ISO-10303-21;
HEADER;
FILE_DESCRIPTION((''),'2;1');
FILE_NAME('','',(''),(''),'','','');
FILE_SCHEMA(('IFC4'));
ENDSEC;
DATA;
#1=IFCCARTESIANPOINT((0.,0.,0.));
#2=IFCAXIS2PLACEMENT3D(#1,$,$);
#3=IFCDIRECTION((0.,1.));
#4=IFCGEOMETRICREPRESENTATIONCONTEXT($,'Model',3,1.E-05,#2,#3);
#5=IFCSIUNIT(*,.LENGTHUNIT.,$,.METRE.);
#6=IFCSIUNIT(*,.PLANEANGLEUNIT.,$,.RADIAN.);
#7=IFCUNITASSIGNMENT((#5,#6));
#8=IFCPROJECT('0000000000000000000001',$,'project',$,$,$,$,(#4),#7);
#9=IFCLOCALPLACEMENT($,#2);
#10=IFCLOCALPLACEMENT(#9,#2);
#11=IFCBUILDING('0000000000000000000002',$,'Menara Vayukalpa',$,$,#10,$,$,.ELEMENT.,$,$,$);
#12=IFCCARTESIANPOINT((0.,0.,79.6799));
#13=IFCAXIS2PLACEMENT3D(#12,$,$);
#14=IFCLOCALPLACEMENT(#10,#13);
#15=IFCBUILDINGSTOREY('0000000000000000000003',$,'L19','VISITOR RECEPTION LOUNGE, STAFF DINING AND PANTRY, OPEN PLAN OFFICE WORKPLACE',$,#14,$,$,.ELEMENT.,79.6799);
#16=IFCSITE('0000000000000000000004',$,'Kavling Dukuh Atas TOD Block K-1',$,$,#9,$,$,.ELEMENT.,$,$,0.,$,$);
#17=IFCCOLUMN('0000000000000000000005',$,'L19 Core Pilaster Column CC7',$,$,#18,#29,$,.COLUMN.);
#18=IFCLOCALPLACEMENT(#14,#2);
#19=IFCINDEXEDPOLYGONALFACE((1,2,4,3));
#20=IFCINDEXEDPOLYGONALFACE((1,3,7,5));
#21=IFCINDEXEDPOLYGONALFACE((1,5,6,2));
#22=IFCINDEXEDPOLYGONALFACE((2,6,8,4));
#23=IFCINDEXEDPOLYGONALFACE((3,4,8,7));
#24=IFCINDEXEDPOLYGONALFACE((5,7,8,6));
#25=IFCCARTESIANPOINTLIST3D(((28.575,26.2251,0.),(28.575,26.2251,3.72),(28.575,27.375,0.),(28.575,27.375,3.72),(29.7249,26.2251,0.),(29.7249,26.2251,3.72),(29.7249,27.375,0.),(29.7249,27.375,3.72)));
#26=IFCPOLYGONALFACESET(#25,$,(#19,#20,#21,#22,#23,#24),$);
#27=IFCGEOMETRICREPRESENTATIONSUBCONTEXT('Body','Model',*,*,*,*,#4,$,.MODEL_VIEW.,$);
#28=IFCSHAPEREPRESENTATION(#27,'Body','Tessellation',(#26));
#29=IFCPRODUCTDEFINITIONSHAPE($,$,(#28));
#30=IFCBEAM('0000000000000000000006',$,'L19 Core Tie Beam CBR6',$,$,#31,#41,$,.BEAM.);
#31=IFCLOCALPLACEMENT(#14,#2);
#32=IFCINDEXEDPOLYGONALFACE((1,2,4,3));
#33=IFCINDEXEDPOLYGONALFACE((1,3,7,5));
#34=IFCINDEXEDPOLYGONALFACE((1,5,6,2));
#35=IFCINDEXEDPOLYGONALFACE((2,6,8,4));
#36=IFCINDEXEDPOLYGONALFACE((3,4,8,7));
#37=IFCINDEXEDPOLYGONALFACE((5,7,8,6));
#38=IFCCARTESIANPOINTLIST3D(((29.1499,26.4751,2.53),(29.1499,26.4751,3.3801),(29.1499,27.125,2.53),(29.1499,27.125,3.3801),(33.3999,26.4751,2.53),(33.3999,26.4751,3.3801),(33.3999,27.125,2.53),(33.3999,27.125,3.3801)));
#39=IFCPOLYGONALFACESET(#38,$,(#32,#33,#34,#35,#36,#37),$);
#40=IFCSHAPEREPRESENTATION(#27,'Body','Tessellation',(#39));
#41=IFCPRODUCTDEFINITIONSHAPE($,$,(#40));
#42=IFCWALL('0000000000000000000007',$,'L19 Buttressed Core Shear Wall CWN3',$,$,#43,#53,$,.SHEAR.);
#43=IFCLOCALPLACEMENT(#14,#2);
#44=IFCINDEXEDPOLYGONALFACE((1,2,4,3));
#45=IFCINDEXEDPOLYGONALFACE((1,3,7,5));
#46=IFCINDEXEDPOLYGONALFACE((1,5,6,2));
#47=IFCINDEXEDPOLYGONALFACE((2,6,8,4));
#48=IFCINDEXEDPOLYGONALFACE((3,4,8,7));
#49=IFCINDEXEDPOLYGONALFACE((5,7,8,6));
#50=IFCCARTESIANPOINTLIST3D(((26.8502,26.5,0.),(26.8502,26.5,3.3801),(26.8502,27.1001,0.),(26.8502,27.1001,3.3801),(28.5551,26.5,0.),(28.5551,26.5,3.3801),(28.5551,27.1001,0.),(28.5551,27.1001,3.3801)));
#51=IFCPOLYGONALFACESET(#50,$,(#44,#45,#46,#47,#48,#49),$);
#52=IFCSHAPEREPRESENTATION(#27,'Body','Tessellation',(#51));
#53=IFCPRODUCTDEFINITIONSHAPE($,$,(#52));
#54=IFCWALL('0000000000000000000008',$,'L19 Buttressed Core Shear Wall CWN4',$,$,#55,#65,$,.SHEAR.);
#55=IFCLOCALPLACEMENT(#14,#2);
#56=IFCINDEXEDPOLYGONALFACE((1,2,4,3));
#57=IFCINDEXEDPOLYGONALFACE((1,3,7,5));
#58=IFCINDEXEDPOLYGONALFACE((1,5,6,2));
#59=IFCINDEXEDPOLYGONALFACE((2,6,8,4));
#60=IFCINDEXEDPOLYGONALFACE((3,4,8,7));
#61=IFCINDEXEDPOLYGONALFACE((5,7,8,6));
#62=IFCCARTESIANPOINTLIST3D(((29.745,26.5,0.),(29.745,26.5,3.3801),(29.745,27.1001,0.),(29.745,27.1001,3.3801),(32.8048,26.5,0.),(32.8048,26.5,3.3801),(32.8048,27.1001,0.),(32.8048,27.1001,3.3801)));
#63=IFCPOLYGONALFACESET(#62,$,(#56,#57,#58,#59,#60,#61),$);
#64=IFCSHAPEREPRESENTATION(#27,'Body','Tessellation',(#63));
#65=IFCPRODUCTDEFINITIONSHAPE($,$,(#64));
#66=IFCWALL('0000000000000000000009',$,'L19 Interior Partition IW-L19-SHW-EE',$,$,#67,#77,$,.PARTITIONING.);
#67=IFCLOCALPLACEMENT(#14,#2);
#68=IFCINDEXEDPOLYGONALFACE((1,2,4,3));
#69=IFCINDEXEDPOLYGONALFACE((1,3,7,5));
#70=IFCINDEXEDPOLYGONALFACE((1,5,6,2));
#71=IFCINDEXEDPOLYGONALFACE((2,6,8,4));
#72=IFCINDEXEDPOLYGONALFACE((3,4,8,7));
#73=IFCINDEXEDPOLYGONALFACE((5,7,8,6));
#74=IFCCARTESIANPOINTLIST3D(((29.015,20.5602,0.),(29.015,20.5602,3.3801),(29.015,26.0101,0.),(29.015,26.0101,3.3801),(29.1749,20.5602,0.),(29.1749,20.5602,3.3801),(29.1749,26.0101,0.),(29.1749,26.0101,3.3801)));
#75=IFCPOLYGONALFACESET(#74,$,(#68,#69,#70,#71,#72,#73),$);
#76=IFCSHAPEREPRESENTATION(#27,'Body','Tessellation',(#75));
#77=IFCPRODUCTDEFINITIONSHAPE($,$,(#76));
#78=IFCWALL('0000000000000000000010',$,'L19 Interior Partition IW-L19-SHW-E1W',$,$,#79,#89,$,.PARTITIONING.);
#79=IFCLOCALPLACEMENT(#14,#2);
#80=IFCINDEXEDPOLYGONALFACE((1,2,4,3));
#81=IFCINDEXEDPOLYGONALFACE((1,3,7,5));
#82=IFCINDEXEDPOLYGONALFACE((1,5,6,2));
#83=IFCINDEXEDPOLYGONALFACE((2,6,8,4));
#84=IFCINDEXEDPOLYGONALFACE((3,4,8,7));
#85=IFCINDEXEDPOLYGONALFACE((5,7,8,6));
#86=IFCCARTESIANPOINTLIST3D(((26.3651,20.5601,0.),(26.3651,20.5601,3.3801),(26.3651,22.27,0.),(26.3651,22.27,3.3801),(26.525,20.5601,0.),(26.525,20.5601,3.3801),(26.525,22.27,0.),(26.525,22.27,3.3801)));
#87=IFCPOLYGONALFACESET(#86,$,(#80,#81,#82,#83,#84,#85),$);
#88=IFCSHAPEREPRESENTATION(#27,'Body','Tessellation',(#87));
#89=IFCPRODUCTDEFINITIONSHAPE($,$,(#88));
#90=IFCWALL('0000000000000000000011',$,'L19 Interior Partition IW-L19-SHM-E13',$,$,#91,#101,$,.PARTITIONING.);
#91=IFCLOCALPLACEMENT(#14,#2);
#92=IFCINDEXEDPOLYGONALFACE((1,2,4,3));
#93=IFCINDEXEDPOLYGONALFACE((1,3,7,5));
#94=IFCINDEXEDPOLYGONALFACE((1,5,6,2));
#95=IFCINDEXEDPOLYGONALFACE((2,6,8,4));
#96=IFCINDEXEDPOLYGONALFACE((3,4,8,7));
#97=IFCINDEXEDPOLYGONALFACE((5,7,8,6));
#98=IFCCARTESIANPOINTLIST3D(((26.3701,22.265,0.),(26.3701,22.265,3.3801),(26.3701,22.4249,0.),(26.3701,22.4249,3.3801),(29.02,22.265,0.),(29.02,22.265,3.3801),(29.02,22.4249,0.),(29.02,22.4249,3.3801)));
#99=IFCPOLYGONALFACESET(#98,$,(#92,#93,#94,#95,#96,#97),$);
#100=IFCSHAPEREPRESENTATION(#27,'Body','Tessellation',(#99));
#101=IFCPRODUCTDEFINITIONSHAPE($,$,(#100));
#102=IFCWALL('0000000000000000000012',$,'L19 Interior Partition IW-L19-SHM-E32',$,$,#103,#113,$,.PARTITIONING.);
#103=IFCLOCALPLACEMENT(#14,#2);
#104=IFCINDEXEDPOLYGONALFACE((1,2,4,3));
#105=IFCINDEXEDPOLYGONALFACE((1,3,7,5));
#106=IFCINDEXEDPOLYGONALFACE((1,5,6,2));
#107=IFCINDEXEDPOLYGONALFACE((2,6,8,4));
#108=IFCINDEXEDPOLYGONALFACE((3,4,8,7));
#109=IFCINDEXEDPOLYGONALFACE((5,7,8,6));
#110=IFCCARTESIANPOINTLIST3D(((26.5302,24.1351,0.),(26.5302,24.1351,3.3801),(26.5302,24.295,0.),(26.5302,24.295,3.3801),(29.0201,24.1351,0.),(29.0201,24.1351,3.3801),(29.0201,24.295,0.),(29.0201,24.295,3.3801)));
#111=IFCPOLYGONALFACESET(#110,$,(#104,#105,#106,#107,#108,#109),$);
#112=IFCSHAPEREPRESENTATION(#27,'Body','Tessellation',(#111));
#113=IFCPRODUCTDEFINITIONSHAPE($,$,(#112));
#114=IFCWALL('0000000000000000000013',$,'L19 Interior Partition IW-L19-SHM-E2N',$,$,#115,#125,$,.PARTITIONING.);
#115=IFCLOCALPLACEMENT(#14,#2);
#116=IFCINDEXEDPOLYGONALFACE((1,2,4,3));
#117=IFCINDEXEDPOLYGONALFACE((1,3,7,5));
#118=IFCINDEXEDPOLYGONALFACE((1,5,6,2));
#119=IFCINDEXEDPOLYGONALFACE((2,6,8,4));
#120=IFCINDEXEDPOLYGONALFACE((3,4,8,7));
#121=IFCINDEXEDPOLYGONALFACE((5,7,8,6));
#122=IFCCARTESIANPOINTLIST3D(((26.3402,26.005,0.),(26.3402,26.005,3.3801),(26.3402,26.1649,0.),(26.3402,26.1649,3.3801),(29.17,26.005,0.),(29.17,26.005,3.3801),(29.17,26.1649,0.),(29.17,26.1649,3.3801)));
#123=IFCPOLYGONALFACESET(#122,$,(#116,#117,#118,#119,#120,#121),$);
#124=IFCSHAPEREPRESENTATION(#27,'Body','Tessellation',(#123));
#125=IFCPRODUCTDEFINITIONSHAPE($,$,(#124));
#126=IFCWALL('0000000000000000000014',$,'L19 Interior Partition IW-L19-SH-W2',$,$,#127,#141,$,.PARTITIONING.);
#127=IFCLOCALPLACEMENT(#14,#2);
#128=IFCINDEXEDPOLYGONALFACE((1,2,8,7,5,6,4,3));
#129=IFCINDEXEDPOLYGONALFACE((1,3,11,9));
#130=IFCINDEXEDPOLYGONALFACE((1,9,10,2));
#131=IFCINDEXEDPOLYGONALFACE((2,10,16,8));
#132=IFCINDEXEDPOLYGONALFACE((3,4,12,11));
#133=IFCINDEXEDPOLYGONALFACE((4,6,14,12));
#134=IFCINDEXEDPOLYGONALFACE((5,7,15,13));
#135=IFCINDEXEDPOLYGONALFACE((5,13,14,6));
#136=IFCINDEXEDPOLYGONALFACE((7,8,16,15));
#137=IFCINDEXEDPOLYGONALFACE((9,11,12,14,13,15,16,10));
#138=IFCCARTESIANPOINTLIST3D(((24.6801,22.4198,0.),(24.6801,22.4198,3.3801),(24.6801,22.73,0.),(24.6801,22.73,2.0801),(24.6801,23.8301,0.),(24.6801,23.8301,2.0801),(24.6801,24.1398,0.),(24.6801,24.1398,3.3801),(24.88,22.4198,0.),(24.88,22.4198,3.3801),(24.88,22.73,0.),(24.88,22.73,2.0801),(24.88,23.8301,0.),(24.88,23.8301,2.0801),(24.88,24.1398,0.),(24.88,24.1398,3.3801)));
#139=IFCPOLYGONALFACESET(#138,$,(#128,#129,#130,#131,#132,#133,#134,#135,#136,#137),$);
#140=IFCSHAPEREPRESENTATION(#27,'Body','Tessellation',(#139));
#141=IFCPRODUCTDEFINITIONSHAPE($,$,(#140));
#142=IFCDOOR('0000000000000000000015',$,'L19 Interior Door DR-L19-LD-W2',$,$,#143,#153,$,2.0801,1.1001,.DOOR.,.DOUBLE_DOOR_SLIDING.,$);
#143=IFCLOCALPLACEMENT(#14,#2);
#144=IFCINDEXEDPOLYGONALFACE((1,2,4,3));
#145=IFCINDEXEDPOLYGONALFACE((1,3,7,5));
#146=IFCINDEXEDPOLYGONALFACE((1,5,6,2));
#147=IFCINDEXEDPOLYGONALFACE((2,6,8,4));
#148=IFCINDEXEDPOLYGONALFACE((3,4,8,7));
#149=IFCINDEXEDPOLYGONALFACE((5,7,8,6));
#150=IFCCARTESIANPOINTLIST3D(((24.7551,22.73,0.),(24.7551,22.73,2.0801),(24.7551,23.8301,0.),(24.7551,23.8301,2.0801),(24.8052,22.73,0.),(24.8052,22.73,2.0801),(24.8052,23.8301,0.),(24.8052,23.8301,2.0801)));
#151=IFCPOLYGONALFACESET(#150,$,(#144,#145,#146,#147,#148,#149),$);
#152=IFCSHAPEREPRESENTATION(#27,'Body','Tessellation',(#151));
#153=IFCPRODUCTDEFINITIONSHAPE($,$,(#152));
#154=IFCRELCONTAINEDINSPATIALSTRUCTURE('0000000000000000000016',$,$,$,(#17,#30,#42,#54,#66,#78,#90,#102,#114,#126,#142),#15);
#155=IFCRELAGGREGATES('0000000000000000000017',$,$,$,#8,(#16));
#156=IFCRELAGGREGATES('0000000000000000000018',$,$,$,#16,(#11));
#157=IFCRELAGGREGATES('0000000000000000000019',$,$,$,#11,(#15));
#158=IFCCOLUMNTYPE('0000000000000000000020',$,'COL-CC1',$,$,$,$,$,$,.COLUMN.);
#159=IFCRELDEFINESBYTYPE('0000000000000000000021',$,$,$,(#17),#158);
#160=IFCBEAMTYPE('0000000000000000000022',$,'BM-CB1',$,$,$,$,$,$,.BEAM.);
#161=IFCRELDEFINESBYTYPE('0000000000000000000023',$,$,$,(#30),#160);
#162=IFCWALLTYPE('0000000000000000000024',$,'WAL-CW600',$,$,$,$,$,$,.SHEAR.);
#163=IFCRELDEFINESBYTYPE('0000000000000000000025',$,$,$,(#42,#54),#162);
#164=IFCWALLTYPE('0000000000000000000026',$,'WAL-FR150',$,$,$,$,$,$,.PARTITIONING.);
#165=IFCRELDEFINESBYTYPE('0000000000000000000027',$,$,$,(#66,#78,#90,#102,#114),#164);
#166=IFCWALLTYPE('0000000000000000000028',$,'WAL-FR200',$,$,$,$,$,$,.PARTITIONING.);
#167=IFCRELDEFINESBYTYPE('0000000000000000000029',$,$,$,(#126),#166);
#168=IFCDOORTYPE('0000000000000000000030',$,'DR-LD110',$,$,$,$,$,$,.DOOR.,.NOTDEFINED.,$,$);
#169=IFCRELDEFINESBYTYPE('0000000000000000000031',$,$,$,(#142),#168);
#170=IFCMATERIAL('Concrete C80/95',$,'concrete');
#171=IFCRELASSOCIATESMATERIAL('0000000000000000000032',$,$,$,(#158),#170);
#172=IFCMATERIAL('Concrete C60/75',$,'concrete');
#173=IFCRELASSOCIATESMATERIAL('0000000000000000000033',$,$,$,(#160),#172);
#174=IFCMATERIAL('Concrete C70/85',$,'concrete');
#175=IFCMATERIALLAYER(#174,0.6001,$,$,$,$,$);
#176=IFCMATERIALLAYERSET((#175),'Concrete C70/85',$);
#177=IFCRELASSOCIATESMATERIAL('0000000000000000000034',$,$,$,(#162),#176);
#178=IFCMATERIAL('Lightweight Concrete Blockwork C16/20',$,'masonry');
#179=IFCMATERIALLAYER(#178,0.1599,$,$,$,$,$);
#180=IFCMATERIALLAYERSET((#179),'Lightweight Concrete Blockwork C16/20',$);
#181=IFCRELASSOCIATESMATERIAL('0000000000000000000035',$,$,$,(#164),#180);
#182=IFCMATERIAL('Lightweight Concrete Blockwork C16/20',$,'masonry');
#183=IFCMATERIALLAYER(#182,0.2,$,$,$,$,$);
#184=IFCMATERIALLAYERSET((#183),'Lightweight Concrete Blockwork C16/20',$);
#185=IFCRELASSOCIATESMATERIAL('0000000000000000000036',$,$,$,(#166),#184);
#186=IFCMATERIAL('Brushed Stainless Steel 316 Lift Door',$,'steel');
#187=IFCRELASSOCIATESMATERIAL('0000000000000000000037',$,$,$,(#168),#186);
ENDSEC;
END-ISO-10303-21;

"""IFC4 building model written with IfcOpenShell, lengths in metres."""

from ifc_helpers import new_model, si_unit, direction, frame, frame_2d, origin, origin_2d, place, context, subcontext, project, spatial, rectangle, extrude, material, layer, layer_set, material_profile, profile_set, type_object, element, fill, save


model = new_model("IFC4")

# Units and contexts
model_context = context("Model", 3, precision=1e-05, world=origin(), true_north=direction((0.0, 1.0)))
body_context = subcontext(model_context, "Body", "Model", "MODEL_VIEW")
ifc_project = project(units=[si_unit("LENGTHUNIT", "METRE"), si_unit("PLANEANGLEUNIT", "RADIAN")], contexts=[model_context])

# Site, building, storey
site_placement = place(None, origin())
site = spatial("IfcSite", under=ifc_project, at=site_placement, Name="Kavling Dukuh Atas TOD Block K-1", CompositionType="ELEMENT", RefElevation=0.0)
building_placement = place(site_placement, origin())
building = spatial("IfcBuilding", under=site, at=building_placement, Name="Menara Vayukalpa", CompositionType="ELEMENT")
storey_placement = place(building_placement, frame((0.0, 0.0, 79.6799)))
storey = spatial("IfcBuildingStorey", under=building, at=storey_placement, Name="L19", Description="VISITOR RECEPTION LOUNGE, STAFF DINING AND PANTRY, OPEN PLAN OFFICE WORKPLACE", CompositionType="ELEMENT", Elevation=79.6799)

# Column
ifc_material_1 = material(Name="Concrete C80/95", Category="concrete")
ifc_material_profile_1 = material_profile(ifc_material_1, rectangle(XDim=1.1499, YDim=1.1499, at=origin_2d()), Name="RC 1150x1150")
ifc_profile_set_1 = profile_set([ifc_material_profile_1], Name="Concrete C80/95")
column_type = type_object("IfcColumnType", Name="COL-CC1", PredefinedType="COLUMN", material=ifc_profile_set_1)
column_placement = place(storey_placement, frame((29.1499, 26.8, 0.0), z_axis=(0.0, 0.0, 1.0), x_axis=(1.0, 0.0, 0.0)))
element("IfcColumn", 1, at=column_placement, inside=storey, type_object=column_type, Name="L19 Core Pilaster Column CC7", PredefinedType="COLUMN", context=body_context, shape_type="SweptSolid", body=[
    extrude(rectangle(XDim=1.1499, YDim=1.1499, at=origin_2d()), origin(), (0.0, 0.0, 1.0), 3.72),
])

# Beam
ifc_material_2 = material(Name="Concrete C60/75", Category="concrete")
ifc_material_profile_2 = material_profile(ifc_material_2, rectangle(XDim=0.6499, YDim=0.8501, at=origin_2d()), Name="RC 650x850")
ifc_profile_set_2 = profile_set([ifc_material_profile_2], Name="Concrete C60/75")
beam_type = type_object("IfcBeamType", Name="BM-CB1", PredefinedType="BEAM", material=ifc_profile_set_2)
beam_placement = place(storey_placement, frame((29.1499, 26.8, 2.9551), z_axis=(1.0, 0.0, 0.0), x_axis=(0.0, 1.0, 0.0)))
element("IfcBeam", 2, at=beam_placement, inside=storey, type_object=beam_type, Name="L19 Core Tie Beam CBR6", PredefinedType="BEAM", context=body_context, shape_type="SweptSolid", body=[
    extrude(rectangle(XDim=0.6499, YDim=0.8501, at=origin_2d()), origin(), (0.0, 0.0, 1.0), 4.25),
])

# Walls
ifc_material_3 = material(Name="Concrete C70/85", Category="concrete")
ifc_layer_1 = layer(ifc_material_3, 0.6001)
ifc_layer_set_1 = layer_set([ifc_layer_1], Name="Concrete C70/85")
wall_type_1 = type_object("IfcWallType", Name="WAL-CW600", PredefinedType="SHEAR", material=ifc_layer_set_1)
wall_1_placement = place(storey_placement, frame((26.8501, 26.8, 0.0), z_axis=(0.0, 0.0, 1.0), x_axis=(1.0, 0.0, 0.0)))
element("IfcWall", 3, at=wall_1_placement, inside=storey, type_object=wall_type_1, Name="L19 Buttressed Core Shear Wall CWN3", PredefinedType="SHEAR", context=body_context, shape_type="SweptSolid", body=[
    extrude(rectangle(XDim=1.7048, YDim=0.6001, at=frame_2d((0.8525, 0.0))), origin(), (0.0, 0.0, 1.0), 3.3801),
])
wall_2_placement = place(storey_placement, frame((29.7451, 26.8, 0.0), z_axis=(0.0, 0.0, 1.0), x_axis=(1.0, 0.0, 0.0)))
element("IfcWall", 4, at=wall_2_placement, inside=storey, type_object=wall_type_1, Name="L19 Buttressed Core Shear Wall CWN4", PredefinedType="SHEAR", context=body_context, shape_type="SweptSolid", body=[
    extrude(rectangle(XDim=3.0598, YDim=0.6001, at=frame_2d((1.5298, 0.0))), origin(), (0.0, 0.0, 1.0), 3.3801),
])
ifc_material_4 = material(Name="Lightweight Concrete Blockwork C16/20", Category="masonry")
ifc_layer_2 = layer(ifc_material_4, 0.1599)
ifc_layer_set_2 = layer_set([ifc_layer_2], Name="Lightweight Concrete Blockwork C16/20")
wall_type_2 = type_object("IfcWallType", Name="WAL-FR150", PredefinedType="PARTITIONING", material=ifc_layer_set_2)
wall_3_placement = place(storey_placement, frame((29.095, 20.5601, 0.0), z_axis=(0.0, 0.0, 1.0), x_axis=(0.0, 1.0, 0.0)))
element("IfcWall", 5, at=wall_3_placement, inside=storey, type_object=wall_type_2, Name="L19 Interior Partition IW-L19-SHW-EE", PredefinedType="PARTITIONING", context=body_context, shape_type="SweptSolid", body=[
    extrude(rectangle(XDim=5.45, YDim=0.1599, at=frame_2d((2.7251, 0.0))), origin(), (0.0, 0.0, 1.0), 3.3801),
])
wall_4_placement = place(storey_placement, frame((26.4451, 20.5601, 0.0), z_axis=(0.0, 0.0, 1.0), x_axis=(0.0, 1.0, 0.0)))
element("IfcWall", 6, at=wall_4_placement, inside=storey, type_object=wall_type_2, Name="L19 Interior Partition IW-L19-SHW-E1W", PredefinedType="PARTITIONING", context=body_context, shape_type="SweptSolid", body=[
    extrude(rectangle(XDim=1.71, YDim=0.1599, at=frame_2d((0.855, 0.0))), origin(), (0.0, 0.0, 1.0), 3.3801),
])
wall_5_placement = place(storey_placement, frame((26.3701, 22.345, 0.0), z_axis=(0.0, 0.0, 1.0), x_axis=(1.0, 0.0, 0.0)))
element("IfcWall", 7, at=wall_5_placement, inside=storey, type_object=wall_type_2, Name="L19 Interior Partition IW-L19-SHM-E13", PredefinedType="PARTITIONING", context=body_context, shape_type="SweptSolid", body=[
    extrude(rectangle(XDim=2.6499, YDim=0.1599, at=frame_2d((1.325, 0.0))), origin(), (0.0, 0.0, 1.0), 3.3801),
])
wall_6_placement = place(storey_placement, frame((26.53, 24.2151, 0.0), z_axis=(0.0, 0.0, 1.0), x_axis=(1.0, 0.0, 0.0)))
element("IfcWall", 8, at=wall_6_placement, inside=storey, type_object=wall_type_2, Name="L19 Interior Partition IW-L19-SHM-E32", PredefinedType="PARTITIONING", context=body_context, shape_type="SweptSolid", body=[
    extrude(rectangle(XDim=2.49, YDim=0.1599, at=frame_2d((1.2451, 0.0))), origin(), (0.0, 0.0, 1.0), 3.3801),
])
wall_7_placement = place(storey_placement, frame((26.3401, 26.085, 0.0), z_axis=(0.0, 0.0, 1.0), x_axis=(1.0, 0.0, 0.0)))
element("IfcWall", 9, at=wall_7_placement, inside=storey, type_object=wall_type_2, Name="L19 Interior Partition IW-L19-SHM-E2N", PredefinedType="PARTITIONING", context=body_context, shape_type="SweptSolid", body=[
    extrude(rectangle(XDim=2.8298, YDim=0.1599, at=frame_2d((1.415, 0.0))), origin(), (0.0, 0.0, 1.0), 3.3801),
])

# Wall, opening, door
ifc_material_5 = material(Name="Lightweight Concrete Blockwork C16/20", Category="masonry")
ifc_layer_3 = layer(ifc_material_5, 0.2)
ifc_layer_set_3 = layer_set([ifc_layer_3], Name="Lightweight Concrete Blockwork C16/20")
wall_type_3 = type_object("IfcWallType", Name="WAL-FR200", PredefinedType="PARTITIONING", material=ifc_layer_set_3)
wall_8_placement = place(storey_placement, frame((24.78, 22.4199, 0.0), z_axis=(0.0, 0.0, 1.0), x_axis=(0.0, 1.0, 0.0)))
wall_8 = element("IfcWall", 10, at=wall_8_placement, inside=storey, type_object=wall_type_3, Name="L19 Interior Partition IW-L19-SH-W2", PredefinedType="PARTITIONING", context=body_context, shape_type="SweptSolid", body=[
    extrude(rectangle(XDim=1.72, YDim=0.2, at=frame_2d((0.8599, 0.0))), origin(), (0.0, 0.0, 1.0), 3.3801),
])
opening_1_placement = place(wall_8_placement, frame((0.3101, 0.0, 0.0)))
opening_1 = element("IfcOpeningElement", 11, at=opening_1_placement, cuts=wall_8, PredefinedType="OPENING", context=body_context, shape_type="SweptSolid", body=[
    extrude(rectangle(XDim=1.1001, YDim=2.0801, at=frame_2d((0.55, 1.04))), frame((0.0, 0.1099, 0.0), z_axis=(0.0, -1.0, 0.0), x_axis=(1.0, 0.0, 0.0)), (0.0, 0.0, 1.0), 0.22),
])
ifc_material_6 = material(Name="Brushed Stainless Steel 316 Lift Door", Category="steel")
door_type = type_object("IfcDoorType", Name="DR-LD110", OperationType="NOTDEFINED", PredefinedType="DOOR", material=ifc_material_6)
door_1_placement = place(opening_1_placement, origin())
door_1 = element("IfcDoor", 12, at=door_1_placement, inside=storey, type_object=door_type, Name="L19 Interior Door DR-L19-LD-W2", OperationType="DOUBLE_DOOR_SLIDING", OverallHeight=2.0801, OverallWidth=1.1001, PredefinedType="DOOR", context=body_context, shape_type="SweptSolid", body=[
    extrude(rectangle(XDim=1.1001, YDim=2.0801, at=frame_2d((0.55, 1.04))), frame((0.0, 0.0249, 0.0), z_axis=(0.0, -1.0, 0.0), x_axis=(1.0, 0.0, 0.0)), (0.0, 0.0, 1.0), 0.05),
])
fill(opening_1, door_1)

save(model, "model.ifc")
